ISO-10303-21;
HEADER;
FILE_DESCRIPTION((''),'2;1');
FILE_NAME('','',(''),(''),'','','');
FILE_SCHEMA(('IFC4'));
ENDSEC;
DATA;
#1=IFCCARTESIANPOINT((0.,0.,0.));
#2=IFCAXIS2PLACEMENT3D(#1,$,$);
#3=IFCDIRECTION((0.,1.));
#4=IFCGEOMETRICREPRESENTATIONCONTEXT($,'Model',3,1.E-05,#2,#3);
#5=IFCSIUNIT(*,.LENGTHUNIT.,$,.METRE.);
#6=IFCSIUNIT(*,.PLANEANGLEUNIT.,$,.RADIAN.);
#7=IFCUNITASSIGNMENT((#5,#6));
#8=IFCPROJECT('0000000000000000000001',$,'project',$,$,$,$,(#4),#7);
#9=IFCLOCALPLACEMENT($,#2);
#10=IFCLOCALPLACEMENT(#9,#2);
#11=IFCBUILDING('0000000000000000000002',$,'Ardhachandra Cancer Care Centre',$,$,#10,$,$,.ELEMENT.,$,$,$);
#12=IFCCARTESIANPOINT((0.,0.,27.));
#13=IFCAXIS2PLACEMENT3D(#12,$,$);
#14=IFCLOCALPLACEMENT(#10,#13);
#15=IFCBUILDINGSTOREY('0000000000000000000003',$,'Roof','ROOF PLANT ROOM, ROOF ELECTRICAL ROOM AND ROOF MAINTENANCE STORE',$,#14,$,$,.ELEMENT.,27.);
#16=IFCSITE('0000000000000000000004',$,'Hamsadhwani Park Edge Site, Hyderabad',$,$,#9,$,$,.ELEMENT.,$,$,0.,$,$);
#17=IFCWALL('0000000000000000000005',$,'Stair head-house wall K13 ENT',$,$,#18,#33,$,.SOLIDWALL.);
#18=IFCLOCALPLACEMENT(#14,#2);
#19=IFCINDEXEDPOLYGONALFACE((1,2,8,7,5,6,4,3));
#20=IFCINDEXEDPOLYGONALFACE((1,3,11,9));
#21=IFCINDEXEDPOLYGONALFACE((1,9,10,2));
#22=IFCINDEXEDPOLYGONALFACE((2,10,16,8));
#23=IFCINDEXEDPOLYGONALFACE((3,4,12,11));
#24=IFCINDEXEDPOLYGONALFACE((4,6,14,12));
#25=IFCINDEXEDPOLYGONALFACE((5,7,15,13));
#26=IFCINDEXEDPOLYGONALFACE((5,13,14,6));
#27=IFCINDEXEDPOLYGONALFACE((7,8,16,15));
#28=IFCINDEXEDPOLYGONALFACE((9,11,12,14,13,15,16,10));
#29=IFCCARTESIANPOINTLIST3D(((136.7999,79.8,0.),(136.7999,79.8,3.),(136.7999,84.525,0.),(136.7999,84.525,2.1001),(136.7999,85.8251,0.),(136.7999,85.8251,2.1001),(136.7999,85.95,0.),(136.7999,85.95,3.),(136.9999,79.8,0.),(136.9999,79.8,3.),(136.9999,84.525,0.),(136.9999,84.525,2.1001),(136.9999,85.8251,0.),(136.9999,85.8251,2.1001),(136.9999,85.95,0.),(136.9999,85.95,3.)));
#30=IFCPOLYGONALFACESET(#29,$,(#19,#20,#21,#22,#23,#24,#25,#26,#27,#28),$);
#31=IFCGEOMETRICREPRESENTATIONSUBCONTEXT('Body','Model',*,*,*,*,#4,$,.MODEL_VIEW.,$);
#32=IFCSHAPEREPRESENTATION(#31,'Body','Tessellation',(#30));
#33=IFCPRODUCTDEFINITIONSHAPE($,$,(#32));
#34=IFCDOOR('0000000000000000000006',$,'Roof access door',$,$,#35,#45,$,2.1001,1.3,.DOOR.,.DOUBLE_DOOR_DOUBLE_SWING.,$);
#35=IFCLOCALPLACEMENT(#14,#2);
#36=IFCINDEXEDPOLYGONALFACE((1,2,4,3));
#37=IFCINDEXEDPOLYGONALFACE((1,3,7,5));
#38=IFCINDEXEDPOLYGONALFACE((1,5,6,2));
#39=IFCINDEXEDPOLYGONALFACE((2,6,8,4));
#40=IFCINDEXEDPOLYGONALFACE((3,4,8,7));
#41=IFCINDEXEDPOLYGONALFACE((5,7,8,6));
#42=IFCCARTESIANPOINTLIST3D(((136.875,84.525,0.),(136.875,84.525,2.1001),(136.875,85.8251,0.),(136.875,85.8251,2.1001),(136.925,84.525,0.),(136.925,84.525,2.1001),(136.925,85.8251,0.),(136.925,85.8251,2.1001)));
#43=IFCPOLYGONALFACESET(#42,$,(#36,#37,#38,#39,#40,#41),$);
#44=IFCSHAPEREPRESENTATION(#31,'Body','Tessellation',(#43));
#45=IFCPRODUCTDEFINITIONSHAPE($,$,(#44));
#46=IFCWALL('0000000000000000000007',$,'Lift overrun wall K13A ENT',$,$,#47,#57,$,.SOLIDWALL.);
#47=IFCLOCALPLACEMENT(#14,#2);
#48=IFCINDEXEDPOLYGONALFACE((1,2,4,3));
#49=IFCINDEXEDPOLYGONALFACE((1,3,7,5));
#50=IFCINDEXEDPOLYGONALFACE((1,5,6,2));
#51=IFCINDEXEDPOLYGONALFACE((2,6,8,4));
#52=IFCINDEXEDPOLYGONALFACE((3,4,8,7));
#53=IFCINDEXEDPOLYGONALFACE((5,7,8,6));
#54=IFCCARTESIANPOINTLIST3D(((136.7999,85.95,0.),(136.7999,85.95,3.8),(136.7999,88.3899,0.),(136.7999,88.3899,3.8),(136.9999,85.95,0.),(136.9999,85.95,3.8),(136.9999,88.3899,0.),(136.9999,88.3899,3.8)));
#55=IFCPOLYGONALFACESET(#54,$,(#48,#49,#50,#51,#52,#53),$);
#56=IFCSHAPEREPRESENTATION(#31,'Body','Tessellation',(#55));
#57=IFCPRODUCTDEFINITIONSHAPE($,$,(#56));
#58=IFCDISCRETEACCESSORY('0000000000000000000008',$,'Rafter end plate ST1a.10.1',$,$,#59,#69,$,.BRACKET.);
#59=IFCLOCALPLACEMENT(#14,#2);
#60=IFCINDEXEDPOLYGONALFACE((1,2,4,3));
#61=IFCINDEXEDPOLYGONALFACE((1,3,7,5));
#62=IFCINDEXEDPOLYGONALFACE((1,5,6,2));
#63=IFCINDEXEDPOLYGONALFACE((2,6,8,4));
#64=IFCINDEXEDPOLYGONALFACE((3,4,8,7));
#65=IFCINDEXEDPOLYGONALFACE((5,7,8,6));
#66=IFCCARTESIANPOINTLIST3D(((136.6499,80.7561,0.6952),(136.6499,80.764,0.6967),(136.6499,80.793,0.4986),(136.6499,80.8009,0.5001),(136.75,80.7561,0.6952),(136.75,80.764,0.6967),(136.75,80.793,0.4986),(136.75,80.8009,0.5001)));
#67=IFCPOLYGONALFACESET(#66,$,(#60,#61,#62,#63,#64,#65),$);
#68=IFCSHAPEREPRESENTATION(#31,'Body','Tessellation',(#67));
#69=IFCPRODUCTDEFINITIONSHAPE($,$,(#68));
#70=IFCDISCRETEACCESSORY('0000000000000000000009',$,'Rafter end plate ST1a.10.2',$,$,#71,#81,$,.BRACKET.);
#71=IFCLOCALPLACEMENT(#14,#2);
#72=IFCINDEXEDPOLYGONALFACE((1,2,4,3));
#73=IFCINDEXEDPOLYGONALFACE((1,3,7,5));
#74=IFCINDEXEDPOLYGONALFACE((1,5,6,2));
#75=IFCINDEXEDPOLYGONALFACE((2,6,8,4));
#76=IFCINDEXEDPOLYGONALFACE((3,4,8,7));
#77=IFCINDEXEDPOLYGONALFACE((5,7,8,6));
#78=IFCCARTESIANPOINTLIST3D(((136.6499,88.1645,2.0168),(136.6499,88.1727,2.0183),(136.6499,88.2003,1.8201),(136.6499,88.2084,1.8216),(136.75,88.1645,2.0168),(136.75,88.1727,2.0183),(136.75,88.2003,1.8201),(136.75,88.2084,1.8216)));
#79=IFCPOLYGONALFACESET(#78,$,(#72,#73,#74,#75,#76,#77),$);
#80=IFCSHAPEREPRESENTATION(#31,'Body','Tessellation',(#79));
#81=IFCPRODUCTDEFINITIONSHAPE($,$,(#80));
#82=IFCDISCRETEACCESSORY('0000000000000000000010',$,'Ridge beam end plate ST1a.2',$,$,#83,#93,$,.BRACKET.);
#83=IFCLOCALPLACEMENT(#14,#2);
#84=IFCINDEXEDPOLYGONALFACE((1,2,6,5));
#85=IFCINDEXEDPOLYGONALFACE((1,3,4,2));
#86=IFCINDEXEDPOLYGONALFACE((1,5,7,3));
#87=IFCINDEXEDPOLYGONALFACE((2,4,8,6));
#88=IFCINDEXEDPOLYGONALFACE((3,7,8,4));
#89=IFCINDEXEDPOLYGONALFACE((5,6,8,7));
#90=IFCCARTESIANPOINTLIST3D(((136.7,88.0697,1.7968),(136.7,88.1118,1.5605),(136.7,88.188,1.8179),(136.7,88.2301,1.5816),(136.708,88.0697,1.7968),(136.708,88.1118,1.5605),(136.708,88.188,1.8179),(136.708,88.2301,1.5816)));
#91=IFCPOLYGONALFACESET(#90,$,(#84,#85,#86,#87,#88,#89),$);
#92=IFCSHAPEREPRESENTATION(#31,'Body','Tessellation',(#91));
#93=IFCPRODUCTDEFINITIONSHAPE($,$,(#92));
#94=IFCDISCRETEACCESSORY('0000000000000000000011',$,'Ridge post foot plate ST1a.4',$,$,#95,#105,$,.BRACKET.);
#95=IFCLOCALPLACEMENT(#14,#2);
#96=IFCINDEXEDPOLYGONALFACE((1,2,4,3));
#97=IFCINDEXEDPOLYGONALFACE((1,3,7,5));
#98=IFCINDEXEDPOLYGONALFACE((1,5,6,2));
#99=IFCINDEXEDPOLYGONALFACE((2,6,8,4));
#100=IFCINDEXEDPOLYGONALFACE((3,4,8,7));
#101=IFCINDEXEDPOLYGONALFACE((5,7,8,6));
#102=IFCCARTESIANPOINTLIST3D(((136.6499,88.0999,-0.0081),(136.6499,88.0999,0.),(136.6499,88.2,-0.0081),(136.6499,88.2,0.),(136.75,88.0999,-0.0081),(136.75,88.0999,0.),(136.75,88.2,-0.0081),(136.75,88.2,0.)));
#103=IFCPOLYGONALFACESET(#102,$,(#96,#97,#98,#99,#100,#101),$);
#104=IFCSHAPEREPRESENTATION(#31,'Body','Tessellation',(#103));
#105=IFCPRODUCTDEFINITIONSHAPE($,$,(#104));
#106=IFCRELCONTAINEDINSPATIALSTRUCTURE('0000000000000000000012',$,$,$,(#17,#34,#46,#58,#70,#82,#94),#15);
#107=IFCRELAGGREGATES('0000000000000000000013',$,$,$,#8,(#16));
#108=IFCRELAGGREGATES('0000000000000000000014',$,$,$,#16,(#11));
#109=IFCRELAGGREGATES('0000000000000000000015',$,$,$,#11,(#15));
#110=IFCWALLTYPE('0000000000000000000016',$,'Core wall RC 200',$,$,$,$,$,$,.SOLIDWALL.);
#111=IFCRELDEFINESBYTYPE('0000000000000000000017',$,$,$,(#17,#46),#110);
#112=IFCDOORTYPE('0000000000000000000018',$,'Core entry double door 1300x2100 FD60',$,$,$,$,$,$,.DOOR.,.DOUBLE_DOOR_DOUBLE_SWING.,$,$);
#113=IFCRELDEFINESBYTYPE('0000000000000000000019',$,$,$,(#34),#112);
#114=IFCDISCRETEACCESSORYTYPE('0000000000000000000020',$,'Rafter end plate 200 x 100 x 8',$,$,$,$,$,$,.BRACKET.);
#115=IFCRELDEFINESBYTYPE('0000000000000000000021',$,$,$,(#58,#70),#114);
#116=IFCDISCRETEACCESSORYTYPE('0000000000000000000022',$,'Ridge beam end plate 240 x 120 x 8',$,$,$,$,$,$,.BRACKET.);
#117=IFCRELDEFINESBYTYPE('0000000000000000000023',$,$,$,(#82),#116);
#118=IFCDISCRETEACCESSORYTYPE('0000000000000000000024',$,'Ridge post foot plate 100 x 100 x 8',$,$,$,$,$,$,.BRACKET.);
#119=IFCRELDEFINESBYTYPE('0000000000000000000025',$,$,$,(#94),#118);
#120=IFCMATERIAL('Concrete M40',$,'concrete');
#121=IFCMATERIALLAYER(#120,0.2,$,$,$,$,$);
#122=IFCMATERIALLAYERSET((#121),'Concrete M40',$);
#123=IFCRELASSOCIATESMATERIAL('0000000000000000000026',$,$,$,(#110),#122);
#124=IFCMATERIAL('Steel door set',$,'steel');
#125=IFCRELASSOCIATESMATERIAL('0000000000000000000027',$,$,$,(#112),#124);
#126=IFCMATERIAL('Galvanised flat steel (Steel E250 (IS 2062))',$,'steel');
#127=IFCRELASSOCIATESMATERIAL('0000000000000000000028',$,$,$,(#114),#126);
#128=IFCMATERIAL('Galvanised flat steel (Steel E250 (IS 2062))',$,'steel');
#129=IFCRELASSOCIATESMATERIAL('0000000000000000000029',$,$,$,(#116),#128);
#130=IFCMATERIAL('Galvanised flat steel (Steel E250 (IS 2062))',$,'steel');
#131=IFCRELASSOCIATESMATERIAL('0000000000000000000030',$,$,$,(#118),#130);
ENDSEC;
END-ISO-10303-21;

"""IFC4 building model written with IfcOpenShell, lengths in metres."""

from ifc_helpers import new_model, si_unit, direction, frame, frame_2d, origin, origin_2d, place, context, subcontext, project, spatial, rectangle, extrude, material, layer, layer_set, material_profile, profile_set, type_object, element, fill, save


model = new_model("IFC4")

# Units and contexts
model_context = context("Model", 3, precision=1e-05, world=origin(), true_north=direction((0.0, 1.0)))
body_context = subcontext(model_context, "Body", "Model", "MODEL_VIEW")
ifc_project = project(units=[si_unit("LENGTHUNIT", "METRE"), si_unit("PLANEANGLEUNIT", "RADIAN")], contexts=[model_context])

# Site, building, storey
site_placement = place(None, origin())
site = spatial("IfcSite", under=ifc_project, at=site_placement, Name="Hamsadhwani Park Edge Site, Hyderabad", CompositionType="ELEMENT", RefElevation=0.0)
building_placement = place(site_placement, origin())
building = spatial("IfcBuilding", under=site, at=building_placement, Name="Ardhachandra Cancer Care Centre", CompositionType="ELEMENT")
storey_placement = place(building_placement, frame((0.0, 0.0, 27.0)))
storey = spatial("IfcBuildingStorey", under=building, at=storey_placement, Name="Roof", Description="ROOF PLANT ROOM, ROOF ELECTRICAL ROOM AND ROOF MAINTENANCE STORE", CompositionType="ELEMENT", Elevation=27.0)

# Wall, opening, door
ifc_material_1 = material(Name="Concrete M40", Category="concrete")
ifc_layer_1 = layer(ifc_material_1, 0.2)
ifc_layer_set_1 = layer_set([ifc_layer_1], Name="Concrete M40")
wall_type = type_object("IfcWallType", Name="Core wall RC 200", PredefinedType="SOLIDWALL", material=ifc_layer_set_1)
wall_1_placement = place(storey_placement, frame((136.8999, 79.8, 0.0), z_axis=(0.0, 0.0, 1.0), x_axis=(0.0, 1.0, 0.0)))
wall_1 = element("IfcWall", 1, at=wall_1_placement, inside=storey, type_object=wall_type, Name="Stair head-house wall K13 ENT", PredefinedType="SOLIDWALL", context=body_context, shape_type="SweptSolid", body=[
    extrude(rectangle(XDim=6.1499, YDim=0.2, at=frame_2d((3.075, 0.0))), origin(), (0.0, 0.0, 1.0), 3.0),
])
opening_placement = place(wall_1_placement, frame((4.7251, 0.0, 0.0)))
opening = element("IfcOpeningElement", 2, at=opening_placement, cuts=wall_1, PredefinedType="OPENING", context=body_context, shape_type="SweptSolid", body=[
    extrude(rectangle(XDim=1.3, YDim=2.1001, at=frame_2d((0.6499, 1.05))), frame((0.0, 0.1099, 0.0), z_axis=(0.0, -1.0, 0.0), x_axis=(1.0, 0.0, 0.0)), (0.0, 0.0, 1.0), 0.22),
])
ifc_material_2 = material(Name="Steel door set", Category="steel")
door_type = type_object("IfcDoorType", Name="Core entry double door 1300x2100 FD60", OperationType="DOUBLE_DOOR_DOUBLE_SWING", PredefinedType="DOOR", material=ifc_material_2)
door_placement = place(opening_placement, origin())
door = element("IfcDoor", 3, at=door_placement, inside=storey, type_object=door_type, Name="Roof access door", OperationType="DOUBLE_DOOR_DOUBLE_SWING", OverallHeight=2.1001, OverallWidth=1.3, PredefinedType="DOOR", context=body_context, shape_type="SweptSolid", body=[
    extrude(rectangle(XDim=1.3, YDim=2.1001, at=frame_2d((0.6499, 1.05))), frame((0.0, 0.0249, 0.0), z_axis=(0.0, -1.0, 0.0), x_axis=(1.0, 0.0, 0.0)), (0.0, 0.0, 1.0), 0.05),
])
fill(opening, door)

# Wall
wall_2_placement = place(storey_placement, frame((136.8999, 85.95, 0.0), z_axis=(0.0, 0.0, 1.0), x_axis=(0.0, 1.0, 0.0)))
element("IfcWall", 4, at=wall_2_placement, inside=storey, type_object=wall_type, Name="Lift overrun wall K13A ENT", PredefinedType="SOLIDWALL", context=body_context, shape_type="SweptSolid", body=[
    extrude(rectangle(XDim=2.4399, YDim=0.2, at=frame_2d((1.22, 0.0))), origin(), (0.0, 0.0, 1.0), 3.8),
])

# Discrete accessories
ifc_material_3 = material(Name="Galvanised flat steel (Steel E250 (IS 2062))", Category="steel")
ifc_material_profile_1 = material_profile(ifc_material_3, rectangle(XDim=0.1001, YDim=0.2, at=origin_2d()), Name="Rafter end plate 200 x 100 x 8")
ifc_profile_set_1 = profile_set([ifc_material_profile_1], Name="Galvanised flat steel (Steel E250 (IS 2062))")
discrete_accessory_type_1 = type_object("IfcDiscreteAccessoryType", Name="Rafter end plate 200 x 100 x 8", PredefinedType="BRACKET", material=ifc_profile_set_1)
discrete_accessory_1_placement = place(storey_placement, frame((136.7, 80.7825, 0.5984), z_axis=(0.0, -0.982872, -0.184289), x_axis=(1.0, 0.0, 0.0)))
element("IfcDiscreteAccessory", 5, at=discrete_accessory_1_placement, inside=storey, type_object=discrete_accessory_type_1, Name="Rafter end plate ST1a.10.1", PredefinedType="BRACKET", context=body_context, shape_type="SweptSolid", body=[
    extrude(rectangle(XDim=0.1001, YDim=0.2, at=origin_2d()), origin(), (0.0, 0.0, 1.0), 0.0081),
])
discrete_accessory_2_placement = place(storey_placement, frame((136.7, 88.1824, 1.9185), z_axis=(0.0, 0.98387, 0.178885), x_axis=(-1.0, 0.0, 0.0)))
element("IfcDiscreteAccessory", 6, at=discrete_accessory_2_placement, inside=storey, type_object=discrete_accessory_type_1, Name="Rafter end plate ST1a.10.2", PredefinedType="BRACKET", context=body_context, shape_type="SweptSolid", body=[
    extrude(rectangle(XDim=0.1001, YDim=0.2, at=origin_2d()), origin(), (0.0, 0.0, 1.0), 0.0083),
])
ifc_material_4 = material(Name="Galvanised flat steel (Steel E250 (IS 2062))", Category="steel")
ifc_material_profile_2 = material_profile(ifc_material_4, rectangle(XDim=0.1201, YDim=0.24, at=origin_2d()), Name="Ridge beam end plate 240 x 120 x 8")
ifc_profile_set_2 = profile_set([ifc_material_profile_2], Name="Galvanised flat steel (Steel E250 (IS 2062))")
discrete_accessory_type_2 = type_object("IfcDiscreteAccessoryType", Name="Ridge beam end plate 240 x 120 x 8", PredefinedType="BRACKET", material=ifc_profile_set_2)
discrete_accessory_3_placement = place(storey_placement, frame((136.7, 88.1499, 1.6892), z_axis=(1.0, 0.0, 0.0), x_axis=(0.0, 0.98446, 0.175606)))
element("IfcDiscreteAccessory", 7, at=discrete_accessory_3_placement, inside=storey, type_object=discrete_accessory_type_2, Name="Ridge beam end plate ST1a.2", PredefinedType="BRACKET", context=body_context, shape_type="SweptSolid", body=[
    extrude(rectangle(XDim=0.1201, YDim=0.24, at=origin_2d()), origin(), (0.0, 0.0, 1.0), 0.0081),
])
ifc_material_5 = material(Name="Galvanised flat steel (Steel E250 (IS 2062))", Category="steel")
ifc_material_profile_3 = material_profile(ifc_material_5, rectangle(XDim=0.1001, YDim=0.1001, at=origin_2d()), Name="Ridge post foot plate 100 x 100 x 8")
ifc_profile_set_3 = profile_set([ifc_material_profile_3], Name="Galvanised flat steel (Steel E250 (IS 2062))")
discrete_accessory_type_3 = type_object("IfcDiscreteAccessoryType", Name="Ridge post foot plate 100 x 100 x 8", PredefinedType="BRACKET", material=ifc_profile_set_3)
discrete_accessory_4_placement = place(storey_placement, frame((136.7, 88.1499, 0.0), z_axis=(0.0, 0.0, -1.0), x_axis=(1.0, 0.0, 0.0)))
element("IfcDiscreteAccessory", 8, at=discrete_accessory_4_placement, inside=storey, type_object=discrete_accessory_type_3, Name="Ridge post foot plate ST1a.4", PredefinedType="BRACKET", context=body_context, shape_type="SweptSolid", body=[
    extrude(rectangle(XDim=0.1001, YDim=0.1001, at=origin_2d()), origin(), (0.0, 0.0, 1.0), 0.0081),
])

save(model, "model.ifc")
